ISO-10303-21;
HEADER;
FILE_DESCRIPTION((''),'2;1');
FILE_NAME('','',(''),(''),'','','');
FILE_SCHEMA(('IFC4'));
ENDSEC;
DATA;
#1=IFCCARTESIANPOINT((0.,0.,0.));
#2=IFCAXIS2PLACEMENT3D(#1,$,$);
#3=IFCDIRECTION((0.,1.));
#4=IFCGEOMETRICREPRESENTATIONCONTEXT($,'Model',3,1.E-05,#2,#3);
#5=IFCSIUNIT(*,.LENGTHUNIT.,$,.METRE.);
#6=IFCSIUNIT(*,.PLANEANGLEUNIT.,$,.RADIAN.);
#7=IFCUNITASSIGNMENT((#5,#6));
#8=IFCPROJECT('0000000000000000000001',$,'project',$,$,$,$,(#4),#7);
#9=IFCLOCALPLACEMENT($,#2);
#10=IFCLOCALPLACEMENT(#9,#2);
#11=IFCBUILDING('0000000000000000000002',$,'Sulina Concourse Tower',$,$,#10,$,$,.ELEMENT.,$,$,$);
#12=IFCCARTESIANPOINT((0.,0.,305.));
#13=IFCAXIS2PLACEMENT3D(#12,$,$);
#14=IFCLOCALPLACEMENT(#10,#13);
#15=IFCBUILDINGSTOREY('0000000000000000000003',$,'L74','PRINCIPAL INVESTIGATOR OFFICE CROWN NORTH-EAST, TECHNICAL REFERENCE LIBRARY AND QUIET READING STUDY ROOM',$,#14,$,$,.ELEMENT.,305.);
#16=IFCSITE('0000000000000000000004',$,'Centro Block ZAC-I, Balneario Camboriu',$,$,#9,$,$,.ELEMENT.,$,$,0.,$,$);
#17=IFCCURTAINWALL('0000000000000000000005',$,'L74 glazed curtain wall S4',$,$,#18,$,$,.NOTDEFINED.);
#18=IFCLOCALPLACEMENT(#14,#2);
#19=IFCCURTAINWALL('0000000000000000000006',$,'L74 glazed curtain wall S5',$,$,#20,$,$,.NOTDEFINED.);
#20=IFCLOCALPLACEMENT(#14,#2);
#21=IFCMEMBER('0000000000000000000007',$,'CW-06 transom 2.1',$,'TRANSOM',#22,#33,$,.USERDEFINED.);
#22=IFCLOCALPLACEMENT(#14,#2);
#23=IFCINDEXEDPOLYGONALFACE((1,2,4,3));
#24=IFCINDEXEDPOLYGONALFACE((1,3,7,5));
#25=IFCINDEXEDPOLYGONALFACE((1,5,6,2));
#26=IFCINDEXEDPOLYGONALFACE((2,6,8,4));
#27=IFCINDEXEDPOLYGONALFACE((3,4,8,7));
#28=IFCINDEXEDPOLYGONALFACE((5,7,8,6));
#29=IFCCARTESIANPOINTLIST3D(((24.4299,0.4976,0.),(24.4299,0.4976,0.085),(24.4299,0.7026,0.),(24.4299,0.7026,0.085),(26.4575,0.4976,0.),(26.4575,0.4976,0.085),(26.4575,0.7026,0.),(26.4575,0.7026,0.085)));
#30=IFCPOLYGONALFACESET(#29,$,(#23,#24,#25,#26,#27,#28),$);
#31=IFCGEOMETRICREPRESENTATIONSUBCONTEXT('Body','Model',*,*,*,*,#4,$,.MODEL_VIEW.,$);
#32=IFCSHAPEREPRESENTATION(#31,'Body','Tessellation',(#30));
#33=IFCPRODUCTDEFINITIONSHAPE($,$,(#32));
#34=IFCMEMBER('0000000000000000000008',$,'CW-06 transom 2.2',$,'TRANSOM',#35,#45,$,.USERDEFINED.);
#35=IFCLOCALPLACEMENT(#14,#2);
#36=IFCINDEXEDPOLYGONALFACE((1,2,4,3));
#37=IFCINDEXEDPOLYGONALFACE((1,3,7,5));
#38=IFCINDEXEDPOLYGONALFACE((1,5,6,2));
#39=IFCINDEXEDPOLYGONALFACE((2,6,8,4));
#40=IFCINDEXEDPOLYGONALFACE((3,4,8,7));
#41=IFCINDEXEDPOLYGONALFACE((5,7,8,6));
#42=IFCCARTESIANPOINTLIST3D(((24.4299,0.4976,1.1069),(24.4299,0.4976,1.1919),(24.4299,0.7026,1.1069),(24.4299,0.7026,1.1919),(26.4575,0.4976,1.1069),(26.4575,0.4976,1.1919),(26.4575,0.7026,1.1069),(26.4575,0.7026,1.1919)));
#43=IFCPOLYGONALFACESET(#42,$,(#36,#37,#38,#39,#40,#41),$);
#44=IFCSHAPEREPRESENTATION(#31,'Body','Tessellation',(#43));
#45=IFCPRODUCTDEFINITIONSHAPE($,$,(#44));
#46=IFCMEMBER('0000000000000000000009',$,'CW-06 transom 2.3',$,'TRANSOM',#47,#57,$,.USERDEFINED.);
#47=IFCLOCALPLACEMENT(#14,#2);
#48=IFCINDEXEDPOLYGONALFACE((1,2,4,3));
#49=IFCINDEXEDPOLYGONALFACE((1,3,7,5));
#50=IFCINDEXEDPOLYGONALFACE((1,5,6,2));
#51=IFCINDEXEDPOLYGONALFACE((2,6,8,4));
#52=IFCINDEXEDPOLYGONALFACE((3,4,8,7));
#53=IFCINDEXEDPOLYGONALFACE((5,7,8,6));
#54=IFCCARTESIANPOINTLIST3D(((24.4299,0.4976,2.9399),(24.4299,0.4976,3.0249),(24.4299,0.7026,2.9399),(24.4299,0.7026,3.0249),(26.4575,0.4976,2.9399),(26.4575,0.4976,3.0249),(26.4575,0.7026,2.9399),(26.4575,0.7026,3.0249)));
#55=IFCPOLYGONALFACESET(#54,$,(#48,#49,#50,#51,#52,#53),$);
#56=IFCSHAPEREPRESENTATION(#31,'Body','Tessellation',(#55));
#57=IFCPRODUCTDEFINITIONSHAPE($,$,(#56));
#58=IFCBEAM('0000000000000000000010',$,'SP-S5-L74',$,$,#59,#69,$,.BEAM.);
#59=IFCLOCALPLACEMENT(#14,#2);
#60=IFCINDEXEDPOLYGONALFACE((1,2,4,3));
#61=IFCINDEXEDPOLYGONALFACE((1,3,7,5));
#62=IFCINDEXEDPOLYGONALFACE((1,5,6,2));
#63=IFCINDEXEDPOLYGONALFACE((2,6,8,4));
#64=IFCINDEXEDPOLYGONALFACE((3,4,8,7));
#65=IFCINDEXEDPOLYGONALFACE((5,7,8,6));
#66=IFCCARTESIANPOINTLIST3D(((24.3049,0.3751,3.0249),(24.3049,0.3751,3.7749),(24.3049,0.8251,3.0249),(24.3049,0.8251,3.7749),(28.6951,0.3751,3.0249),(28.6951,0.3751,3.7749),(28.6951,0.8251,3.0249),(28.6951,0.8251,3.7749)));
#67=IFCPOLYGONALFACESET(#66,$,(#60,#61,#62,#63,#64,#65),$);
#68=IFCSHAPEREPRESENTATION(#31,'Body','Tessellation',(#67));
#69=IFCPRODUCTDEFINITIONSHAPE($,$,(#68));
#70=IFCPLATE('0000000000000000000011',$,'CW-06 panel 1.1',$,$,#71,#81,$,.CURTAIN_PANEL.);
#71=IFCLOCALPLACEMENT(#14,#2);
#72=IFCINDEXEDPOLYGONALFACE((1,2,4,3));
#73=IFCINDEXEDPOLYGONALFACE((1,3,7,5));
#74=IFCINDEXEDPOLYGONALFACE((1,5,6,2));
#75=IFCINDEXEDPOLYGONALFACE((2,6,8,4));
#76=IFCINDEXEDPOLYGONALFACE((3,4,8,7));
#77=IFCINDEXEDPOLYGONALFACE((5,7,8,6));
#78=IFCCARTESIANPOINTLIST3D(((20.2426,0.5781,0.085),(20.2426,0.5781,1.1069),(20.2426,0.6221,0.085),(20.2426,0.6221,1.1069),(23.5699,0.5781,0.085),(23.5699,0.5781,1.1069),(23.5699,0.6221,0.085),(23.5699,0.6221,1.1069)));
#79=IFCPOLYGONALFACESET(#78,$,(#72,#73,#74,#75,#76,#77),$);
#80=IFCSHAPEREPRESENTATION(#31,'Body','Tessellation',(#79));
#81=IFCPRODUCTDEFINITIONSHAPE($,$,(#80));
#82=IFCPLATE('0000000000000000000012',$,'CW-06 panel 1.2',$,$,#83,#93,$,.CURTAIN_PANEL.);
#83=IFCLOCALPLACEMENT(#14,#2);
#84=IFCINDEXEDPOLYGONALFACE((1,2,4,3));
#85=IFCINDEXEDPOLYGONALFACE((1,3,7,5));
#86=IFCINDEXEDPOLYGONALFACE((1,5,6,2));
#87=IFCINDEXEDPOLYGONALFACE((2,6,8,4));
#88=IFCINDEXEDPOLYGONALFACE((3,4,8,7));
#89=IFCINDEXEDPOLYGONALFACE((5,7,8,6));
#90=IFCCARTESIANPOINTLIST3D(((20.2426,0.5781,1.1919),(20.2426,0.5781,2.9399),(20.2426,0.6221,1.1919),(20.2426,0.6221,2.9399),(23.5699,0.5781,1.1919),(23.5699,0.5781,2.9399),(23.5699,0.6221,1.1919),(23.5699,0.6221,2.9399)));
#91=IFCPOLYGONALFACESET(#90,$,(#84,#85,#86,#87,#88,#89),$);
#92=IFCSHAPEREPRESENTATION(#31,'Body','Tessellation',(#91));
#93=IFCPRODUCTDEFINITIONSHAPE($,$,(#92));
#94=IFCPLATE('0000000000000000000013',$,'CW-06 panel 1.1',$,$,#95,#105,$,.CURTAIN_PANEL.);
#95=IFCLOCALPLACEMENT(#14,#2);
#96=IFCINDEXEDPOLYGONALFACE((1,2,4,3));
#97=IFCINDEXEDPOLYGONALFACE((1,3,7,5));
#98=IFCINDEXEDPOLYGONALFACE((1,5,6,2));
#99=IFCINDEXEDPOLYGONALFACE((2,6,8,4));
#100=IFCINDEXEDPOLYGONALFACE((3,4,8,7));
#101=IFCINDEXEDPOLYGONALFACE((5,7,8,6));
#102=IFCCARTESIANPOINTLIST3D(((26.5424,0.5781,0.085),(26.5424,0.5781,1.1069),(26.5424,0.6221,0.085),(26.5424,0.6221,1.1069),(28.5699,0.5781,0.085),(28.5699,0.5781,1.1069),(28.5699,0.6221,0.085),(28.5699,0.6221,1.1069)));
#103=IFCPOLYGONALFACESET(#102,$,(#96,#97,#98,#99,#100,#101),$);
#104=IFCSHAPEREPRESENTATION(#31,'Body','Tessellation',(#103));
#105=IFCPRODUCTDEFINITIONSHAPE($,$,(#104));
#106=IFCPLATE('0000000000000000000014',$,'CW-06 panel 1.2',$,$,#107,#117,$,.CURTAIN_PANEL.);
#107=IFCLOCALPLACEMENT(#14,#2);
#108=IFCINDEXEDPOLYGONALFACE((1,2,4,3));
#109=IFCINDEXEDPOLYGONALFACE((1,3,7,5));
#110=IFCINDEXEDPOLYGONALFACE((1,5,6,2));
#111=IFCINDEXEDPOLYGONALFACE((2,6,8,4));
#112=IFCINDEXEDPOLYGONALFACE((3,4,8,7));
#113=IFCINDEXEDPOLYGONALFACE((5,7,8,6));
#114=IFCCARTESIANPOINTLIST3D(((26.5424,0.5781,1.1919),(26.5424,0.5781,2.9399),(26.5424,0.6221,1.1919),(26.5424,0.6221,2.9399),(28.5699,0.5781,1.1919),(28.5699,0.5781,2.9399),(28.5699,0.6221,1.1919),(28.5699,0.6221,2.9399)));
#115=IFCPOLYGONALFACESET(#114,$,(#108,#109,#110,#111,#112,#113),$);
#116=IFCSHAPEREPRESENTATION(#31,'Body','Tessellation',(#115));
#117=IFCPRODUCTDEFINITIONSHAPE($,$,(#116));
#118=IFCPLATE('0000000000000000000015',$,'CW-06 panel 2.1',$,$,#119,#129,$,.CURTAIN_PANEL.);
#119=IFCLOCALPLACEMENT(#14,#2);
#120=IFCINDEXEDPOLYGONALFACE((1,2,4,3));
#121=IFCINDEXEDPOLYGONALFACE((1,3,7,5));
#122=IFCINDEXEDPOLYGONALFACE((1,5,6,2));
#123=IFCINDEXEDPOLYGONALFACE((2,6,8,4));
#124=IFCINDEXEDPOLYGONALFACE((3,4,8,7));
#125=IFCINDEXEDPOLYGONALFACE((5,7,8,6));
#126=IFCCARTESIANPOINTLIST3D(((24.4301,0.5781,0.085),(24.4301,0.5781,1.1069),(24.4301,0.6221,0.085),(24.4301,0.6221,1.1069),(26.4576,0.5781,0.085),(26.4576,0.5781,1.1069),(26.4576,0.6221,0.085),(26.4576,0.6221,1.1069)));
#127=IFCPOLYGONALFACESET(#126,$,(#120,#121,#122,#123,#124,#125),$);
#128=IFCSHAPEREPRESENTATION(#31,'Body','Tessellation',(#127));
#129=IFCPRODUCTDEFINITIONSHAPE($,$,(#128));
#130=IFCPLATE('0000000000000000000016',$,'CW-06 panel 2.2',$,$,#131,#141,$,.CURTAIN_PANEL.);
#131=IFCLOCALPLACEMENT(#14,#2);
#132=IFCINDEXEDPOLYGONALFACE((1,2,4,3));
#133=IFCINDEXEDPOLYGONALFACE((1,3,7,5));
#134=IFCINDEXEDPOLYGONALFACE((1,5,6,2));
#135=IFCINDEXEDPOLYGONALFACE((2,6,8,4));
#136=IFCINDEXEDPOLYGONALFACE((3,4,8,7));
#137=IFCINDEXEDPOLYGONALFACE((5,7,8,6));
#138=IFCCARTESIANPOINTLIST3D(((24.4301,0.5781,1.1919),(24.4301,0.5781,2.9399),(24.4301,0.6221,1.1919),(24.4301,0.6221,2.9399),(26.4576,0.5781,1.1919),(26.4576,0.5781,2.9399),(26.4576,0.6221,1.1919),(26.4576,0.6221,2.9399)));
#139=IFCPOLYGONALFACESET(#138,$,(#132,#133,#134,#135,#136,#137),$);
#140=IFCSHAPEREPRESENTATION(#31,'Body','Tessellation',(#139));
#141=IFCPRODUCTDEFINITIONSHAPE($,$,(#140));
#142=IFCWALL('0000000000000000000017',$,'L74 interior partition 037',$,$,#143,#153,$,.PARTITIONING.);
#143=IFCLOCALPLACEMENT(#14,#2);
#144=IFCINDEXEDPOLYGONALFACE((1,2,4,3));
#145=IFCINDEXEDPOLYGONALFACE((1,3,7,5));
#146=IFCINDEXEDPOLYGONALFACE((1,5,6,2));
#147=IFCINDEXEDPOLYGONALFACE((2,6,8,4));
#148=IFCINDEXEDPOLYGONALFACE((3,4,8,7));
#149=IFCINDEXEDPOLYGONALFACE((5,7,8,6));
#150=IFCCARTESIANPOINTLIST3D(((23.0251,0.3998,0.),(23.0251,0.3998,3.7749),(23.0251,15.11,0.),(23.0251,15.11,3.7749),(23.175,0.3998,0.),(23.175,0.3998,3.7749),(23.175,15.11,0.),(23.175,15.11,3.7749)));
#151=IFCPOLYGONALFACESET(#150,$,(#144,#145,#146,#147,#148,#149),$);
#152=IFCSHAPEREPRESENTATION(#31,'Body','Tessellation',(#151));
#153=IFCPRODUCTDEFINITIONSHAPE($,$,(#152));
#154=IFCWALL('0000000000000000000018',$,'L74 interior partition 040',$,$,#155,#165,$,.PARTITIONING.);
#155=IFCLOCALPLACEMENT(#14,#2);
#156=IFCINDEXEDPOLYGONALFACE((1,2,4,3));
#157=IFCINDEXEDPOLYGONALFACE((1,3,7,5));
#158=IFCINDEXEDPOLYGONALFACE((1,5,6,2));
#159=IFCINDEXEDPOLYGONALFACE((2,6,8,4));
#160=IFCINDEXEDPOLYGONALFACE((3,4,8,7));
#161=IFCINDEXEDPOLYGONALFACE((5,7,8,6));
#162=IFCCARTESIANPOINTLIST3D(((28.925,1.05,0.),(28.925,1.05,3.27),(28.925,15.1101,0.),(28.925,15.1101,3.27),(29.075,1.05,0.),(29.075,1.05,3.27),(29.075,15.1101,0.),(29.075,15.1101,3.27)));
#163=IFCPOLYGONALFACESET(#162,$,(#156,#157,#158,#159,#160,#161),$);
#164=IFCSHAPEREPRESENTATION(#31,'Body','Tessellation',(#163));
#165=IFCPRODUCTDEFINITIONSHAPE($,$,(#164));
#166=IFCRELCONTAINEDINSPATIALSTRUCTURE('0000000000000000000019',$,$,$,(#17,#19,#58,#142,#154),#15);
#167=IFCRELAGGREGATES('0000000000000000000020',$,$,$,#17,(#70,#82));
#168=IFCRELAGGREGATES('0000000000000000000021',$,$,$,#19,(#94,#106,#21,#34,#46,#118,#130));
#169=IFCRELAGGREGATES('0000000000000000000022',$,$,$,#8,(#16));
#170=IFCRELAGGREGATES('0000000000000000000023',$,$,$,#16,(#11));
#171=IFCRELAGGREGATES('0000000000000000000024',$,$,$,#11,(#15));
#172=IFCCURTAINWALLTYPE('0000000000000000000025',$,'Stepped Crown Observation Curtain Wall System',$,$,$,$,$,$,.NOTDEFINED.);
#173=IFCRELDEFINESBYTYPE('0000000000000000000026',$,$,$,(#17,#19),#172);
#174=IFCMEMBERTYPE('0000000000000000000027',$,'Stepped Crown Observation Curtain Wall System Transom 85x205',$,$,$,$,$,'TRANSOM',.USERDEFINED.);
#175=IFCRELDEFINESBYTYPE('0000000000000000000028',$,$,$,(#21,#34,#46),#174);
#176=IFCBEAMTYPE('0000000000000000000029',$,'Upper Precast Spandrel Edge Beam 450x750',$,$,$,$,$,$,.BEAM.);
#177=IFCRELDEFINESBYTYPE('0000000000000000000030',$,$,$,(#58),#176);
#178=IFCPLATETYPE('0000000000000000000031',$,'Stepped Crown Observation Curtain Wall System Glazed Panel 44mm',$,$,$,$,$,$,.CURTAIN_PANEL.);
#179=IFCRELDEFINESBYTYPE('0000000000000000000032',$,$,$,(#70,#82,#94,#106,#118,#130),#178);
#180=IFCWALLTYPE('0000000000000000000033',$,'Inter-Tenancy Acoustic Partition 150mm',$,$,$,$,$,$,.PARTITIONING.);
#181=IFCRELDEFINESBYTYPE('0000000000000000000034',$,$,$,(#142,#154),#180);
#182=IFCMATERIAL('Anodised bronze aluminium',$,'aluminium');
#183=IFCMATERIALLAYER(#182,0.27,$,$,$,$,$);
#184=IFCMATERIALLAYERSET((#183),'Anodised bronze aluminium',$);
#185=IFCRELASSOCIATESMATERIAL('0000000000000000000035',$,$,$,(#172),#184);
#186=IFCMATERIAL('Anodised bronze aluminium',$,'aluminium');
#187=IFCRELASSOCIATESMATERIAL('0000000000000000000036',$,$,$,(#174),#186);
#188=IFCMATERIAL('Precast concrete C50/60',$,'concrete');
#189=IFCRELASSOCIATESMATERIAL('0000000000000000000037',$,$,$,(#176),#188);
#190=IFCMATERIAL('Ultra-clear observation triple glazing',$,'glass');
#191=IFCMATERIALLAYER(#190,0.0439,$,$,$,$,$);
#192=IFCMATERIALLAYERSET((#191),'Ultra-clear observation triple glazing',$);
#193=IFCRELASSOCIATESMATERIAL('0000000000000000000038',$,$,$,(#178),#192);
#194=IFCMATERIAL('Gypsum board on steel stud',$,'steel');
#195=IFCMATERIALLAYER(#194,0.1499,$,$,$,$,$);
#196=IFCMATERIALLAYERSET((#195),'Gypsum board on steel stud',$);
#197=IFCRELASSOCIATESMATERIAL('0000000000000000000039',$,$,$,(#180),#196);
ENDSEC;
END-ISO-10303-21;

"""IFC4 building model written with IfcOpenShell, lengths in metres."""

from ifc_helpers import new_model, si_unit, direction, frame, frame_2d, origin, origin_2d, place, context, subcontext, project, spatial, rectangle, extrude, material, layer, layer_set, material_profile, profile_set, type_object, element, aggregate, save


model = new_model("IFC4")

# Units and contexts
model_context = context("Model", 3, precision=1e-05, world=origin(), true_north=direction((0.0, 1.0)))
body_context = subcontext(model_context, "Body", "Model", "MODEL_VIEW")
ifc_project = project(units=[si_unit("LENGTHUNIT", "METRE"), si_unit("PLANEANGLEUNIT", "RADIAN")], contexts=[model_context])

# Site, building, storey
site_placement = place(None, origin())
site = spatial("IfcSite", under=ifc_project, at=site_placement, Name="Centro Block ZAC-I, Balneario Camboriu", CompositionType="ELEMENT", RefElevation=0.0)
building_placement = place(site_placement, origin())
building = spatial("IfcBuilding", under=site, at=building_placement, Name="Sulina Concourse Tower", CompositionType="ELEMENT")
storey_placement = place(building_placement, frame((0.0, 0.0, 305.0)))
storey = spatial("IfcBuildingStorey", under=building, at=storey_placement, Name="L74", Description="PRINCIPAL INVESTIGATOR OFFICE CROWN NORTH-EAST, TECHNICAL REFERENCE LIBRARY AND QUIET READING STUDY ROOM", CompositionType="ELEMENT", Elevation=305.0)

# Curtain wall
ifc_material_1 = material(Name="Anodised bronze aluminium", Category="aluminium")
ifc_layer_1 = layer(ifc_material_1, 0.27)
ifc_layer_set_1 = layer_set([ifc_layer_1], Name="Anodised bronze aluminium")
curtain_wall_type = type_object("IfcCurtainWallType", Name="Stepped Crown Observation Curtain Wall System", PredefinedType="NOTDEFINED", material=ifc_layer_set_1)
curtain_wall_1_placement = place(storey_placement, origin())
curtain_wall_1 = element("IfcCurtainWall", 1, at=curtain_wall_1_placement, inside=storey, type_object=curtain_wall_type, Name="L74 glazed curtain wall S4", PredefinedType="NOTDEFINED")

# Curtain wall
curtain_wall_2_placement = place(storey_placement, origin())
curtain_wall_2 = element("IfcCurtainWall", 2, at=curtain_wall_2_placement, inside=storey, type_object=curtain_wall_type, Name="L74 glazed curtain wall S5", PredefinedType="NOTDEFINED")

# Members
ifc_material_2 = material(Name="Anodised bronze aluminium", Category="aluminium")
ifc_material_profile_1 = material_profile(ifc_material_2, rectangle(XDim=0.2051, YDim=0.085, at=origin_2d()), Name="TRN 85x205")
ifc_profile_set_1 = profile_set([ifc_material_profile_1], Name="Anodised bronze aluminium")
member_type_1 = type_object("IfcMemberType", Name="Stepped Crown Observation Curtain Wall System Transom 85x205", ElementType="TRANSOM", PredefinedType="USERDEFINED", material=ifc_profile_set_1)
member_1_placement = place(storey_placement, frame((26.4575, 0.6001, 0.0425), z_axis=(-1.0, 0.0, 0.0), x_axis=(0.0, -1.0, 0.0)))
member_1 = element("IfcMember", 3, at=member_1_placement, type_object=member_type_1, Name="CW-06 transom 2.1", ObjectType="TRANSOM", PredefinedType="USERDEFINED", context=body_context, shape_type="SweptSolid", body=[
    extrude(rectangle(XDim=0.2051, YDim=0.085, at=origin_2d()), origin(), (0.0, 0.0, 1.0), 2.0276),
])
member_2_placement = place(storey_placement, frame((26.4575, 0.6001, 1.1494), z_axis=(-1.0, 0.0, 0.0), x_axis=(0.0, -1.0, 0.0)))
member_2 = element("IfcMember", 4, at=member_2_placement, type_object=member_type_1, Name="CW-06 transom 2.2", ObjectType="TRANSOM", PredefinedType="USERDEFINED", context=body_context, shape_type="SweptSolid", body=[
    extrude(rectangle(XDim=0.2051, YDim=0.085, at=origin_2d()), origin(), (0.0, 0.0, 1.0), 2.0276),
])
member_3_placement = place(storey_placement, frame((26.4575, 0.6001, 2.9824), z_axis=(-1.0, 0.0, 0.0), x_axis=(0.0, -1.0, 0.0)))
member_3 = element("IfcMember", 5, at=member_3_placement, type_object=member_type_1, Name="CW-06 transom 2.3", ObjectType="TRANSOM", PredefinedType="USERDEFINED", context=body_context, shape_type="SweptSolid", body=[
    extrude(rectangle(XDim=0.2051, YDim=0.085, at=origin_2d()), origin(), (0.0, 0.0, 1.0), 2.0276),
])

# Beam
ifc_material_3 = material(Name="Precast concrete C50/60", Category="concrete")
ifc_material_profile_2 = material_profile(ifc_material_3, rectangle(XDim=0.45, YDim=0.75, at=origin_2d()), Name="RC 450x750")
ifc_profile_set_2 = profile_set([ifc_material_profile_2], Name="Precast concrete C50/60")
beam_type_1 = type_object("IfcBeamType", Name="Upper Precast Spandrel Edge Beam 450x750", PredefinedType="BEAM", material=ifc_profile_set_2)
beam_1_placement = place(storey_placement, frame((24.3049, 0.6001, 3.3999), z_axis=(1.0, 0.0, 0.0), x_axis=(0.0, 1.0, 0.0)))
element("IfcBeam", 6, at=beam_1_placement, inside=storey, type_object=beam_type_1, Name="SP-S5-L74", PredefinedType="BEAM", context=body_context, shape_type="SweptSolid", body=[
    extrude(rectangle(XDim=0.45, YDim=0.75, at=origin_2d()), origin(), (0.0, 0.0, 1.0), 4.3901),
])

# Plates
ifc_material_4 = material(Name="Ultra-clear observation triple glazing", Category="glass")
ifc_layer_2 = layer(ifc_material_4, 0.0439)
ifc_layer_set_2 = layer_set([ifc_layer_2], Name="Ultra-clear observation triple glazing")
plate_type = type_object("IfcPlateType", Name="Stepped Crown Observation Curtain Wall System Glazed Panel 44mm", PredefinedType="CURTAIN_PANEL", material=ifc_layer_set_2)
plate_1_placement = place(storey_placement, frame((21.9062, 0.6001, 0.085), z_axis=(0.0, 0.0, 1.0), x_axis=(-1.0, 0.0, 0.0)))
plate_1 = element("IfcPlate", 7, at=plate_1_placement, type_object=plate_type, Name="CW-06 panel 1.1", PredefinedType="CURTAIN_PANEL", context=body_context, shape_type="SweptSolid", body=[
    extrude(rectangle(XDim=3.3274, YDim=0.0439, at=origin_2d()), origin(), (0.0, 0.0, 1.0), 1.022),
])
plate_2_placement = place(storey_placement, frame((21.9062, 0.6001, 1.1919), z_axis=(0.0, 0.0, 1.0), x_axis=(-1.0, 0.0, 0.0)))
plate_2 = element("IfcPlate", 8, at=plate_2_placement, type_object=plate_type, Name="CW-06 panel 1.2", PredefinedType="CURTAIN_PANEL", context=body_context, shape_type="SweptSolid", body=[
    extrude(rectangle(XDim=3.3274, YDim=0.0439, at=origin_2d()), origin(), (0.0, 0.0, 1.0), 1.748),
])
aggregate(curtain_wall_1, [plate_1, plate_2])
plate_3_placement = place(storey_placement, frame((27.5562, 0.6001, 0.085), z_axis=(0.0, 0.0, 1.0), x_axis=(-1.0, 0.0, 0.0)))
plate_3 = element("IfcPlate", 9, at=plate_3_placement, type_object=plate_type, Name="CW-06 panel 1.1", PredefinedType="CURTAIN_PANEL", context=body_context, shape_type="SweptSolid", body=[
    extrude(rectangle(XDim=2.0276, YDim=0.0439, at=origin_2d()), origin(), (0.0, 0.0, 1.0), 1.022),
])
plate_4_placement = place(storey_placement, frame((27.5562, 0.6001, 1.1919), z_axis=(0.0, 0.0, 1.0), x_axis=(-1.0, 0.0, 0.0)))
plate_4 = element("IfcPlate", 10, at=plate_4_placement, type_object=plate_type, Name="CW-06 panel 1.2", PredefinedType="CURTAIN_PANEL", context=body_context, shape_type="SweptSolid", body=[
    extrude(rectangle(XDim=2.0276, YDim=0.0439, at=origin_2d()), origin(), (0.0, 0.0, 1.0), 1.748),
])
plate_5_placement = place(storey_placement, frame((25.4438, 0.6001, 0.085), z_axis=(0.0, 0.0, 1.0), x_axis=(-1.0, 0.0, 0.0)))
plate_5 = element("IfcPlate", 11, at=plate_5_placement, type_object=plate_type, Name="CW-06 panel 2.1", PredefinedType="CURTAIN_PANEL", context=body_context, shape_type="SweptSolid", body=[
    extrude(rectangle(XDim=2.0276, YDim=0.0439, at=origin_2d()), origin(), (0.0, 0.0, 1.0), 1.022),
])
plate_6_placement = place(storey_placement, frame((25.4438, 0.6001, 1.1919), z_axis=(0.0, 0.0, 1.0), x_axis=(-1.0, 0.0, 0.0)))
plate_6 = element("IfcPlate", 12, at=plate_6_placement, type_object=plate_type, Name="CW-06 panel 2.2", PredefinedType="CURTAIN_PANEL", context=body_context, shape_type="SweptSolid", body=[
    extrude(rectangle(XDim=2.0276, YDim=0.0439, at=origin_2d()), origin(), (0.0, 0.0, 1.0), 1.748),
])
aggregate(curtain_wall_2, [plate_3, plate_4, member_1, member_2, member_3, plate_5, plate_6])

# Walls
ifc_material_5 = material(Name="Gypsum board on steel stud", Category="steel")
ifc_layer_3 = layer(ifc_material_5, 0.1499)
ifc_layer_set_3 = layer_set([ifc_layer_3], Name="Gypsum board on steel stud")
wall_type_1 = type_object("IfcWallType", Name="Inter-Tenancy Acoustic Partition 150mm", PredefinedType="PARTITIONING", material=ifc_layer_set_3)
wall_1_placement = place(storey_placement, frame((23.1001, 0.3999, 0.0), z_axis=(0.0, 0.0, 1.0), x_axis=(0.0, 1.0, 0.0)))
element("IfcWall", 13, at=wall_1_placement, inside=storey, type_object=wall_type_1, Name="L74 interior partition 037", PredefinedType="PARTITIONING", context=body_context, shape_type="SweptSolid", body=[
    extrude(rectangle(XDim=14.7102, YDim=0.1499, at=frame_2d((7.355, 0.0))), origin(), (0.0, 0.0, 1.0), 3.7749),
])
wall_2_placement = place(storey_placement, frame((29.0, 1.05, 0.0), z_axis=(0.0, 0.0, 1.0), x_axis=(0.0, 1.0, 0.0)))
element("IfcWall", 14, at=wall_2_placement, inside=storey, type_object=wall_type_1, Name="L74 interior partition 040", PredefinedType="PARTITIONING", context=body_context, shape_type="SweptSolid", body=[
    extrude(rectangle(XDim=14.0601, YDim=0.1499, at=frame_2d((7.03, 0.0))), origin(), (0.0, 0.0, 1.0), 3.27),
])

save(model, "model.ifc")
